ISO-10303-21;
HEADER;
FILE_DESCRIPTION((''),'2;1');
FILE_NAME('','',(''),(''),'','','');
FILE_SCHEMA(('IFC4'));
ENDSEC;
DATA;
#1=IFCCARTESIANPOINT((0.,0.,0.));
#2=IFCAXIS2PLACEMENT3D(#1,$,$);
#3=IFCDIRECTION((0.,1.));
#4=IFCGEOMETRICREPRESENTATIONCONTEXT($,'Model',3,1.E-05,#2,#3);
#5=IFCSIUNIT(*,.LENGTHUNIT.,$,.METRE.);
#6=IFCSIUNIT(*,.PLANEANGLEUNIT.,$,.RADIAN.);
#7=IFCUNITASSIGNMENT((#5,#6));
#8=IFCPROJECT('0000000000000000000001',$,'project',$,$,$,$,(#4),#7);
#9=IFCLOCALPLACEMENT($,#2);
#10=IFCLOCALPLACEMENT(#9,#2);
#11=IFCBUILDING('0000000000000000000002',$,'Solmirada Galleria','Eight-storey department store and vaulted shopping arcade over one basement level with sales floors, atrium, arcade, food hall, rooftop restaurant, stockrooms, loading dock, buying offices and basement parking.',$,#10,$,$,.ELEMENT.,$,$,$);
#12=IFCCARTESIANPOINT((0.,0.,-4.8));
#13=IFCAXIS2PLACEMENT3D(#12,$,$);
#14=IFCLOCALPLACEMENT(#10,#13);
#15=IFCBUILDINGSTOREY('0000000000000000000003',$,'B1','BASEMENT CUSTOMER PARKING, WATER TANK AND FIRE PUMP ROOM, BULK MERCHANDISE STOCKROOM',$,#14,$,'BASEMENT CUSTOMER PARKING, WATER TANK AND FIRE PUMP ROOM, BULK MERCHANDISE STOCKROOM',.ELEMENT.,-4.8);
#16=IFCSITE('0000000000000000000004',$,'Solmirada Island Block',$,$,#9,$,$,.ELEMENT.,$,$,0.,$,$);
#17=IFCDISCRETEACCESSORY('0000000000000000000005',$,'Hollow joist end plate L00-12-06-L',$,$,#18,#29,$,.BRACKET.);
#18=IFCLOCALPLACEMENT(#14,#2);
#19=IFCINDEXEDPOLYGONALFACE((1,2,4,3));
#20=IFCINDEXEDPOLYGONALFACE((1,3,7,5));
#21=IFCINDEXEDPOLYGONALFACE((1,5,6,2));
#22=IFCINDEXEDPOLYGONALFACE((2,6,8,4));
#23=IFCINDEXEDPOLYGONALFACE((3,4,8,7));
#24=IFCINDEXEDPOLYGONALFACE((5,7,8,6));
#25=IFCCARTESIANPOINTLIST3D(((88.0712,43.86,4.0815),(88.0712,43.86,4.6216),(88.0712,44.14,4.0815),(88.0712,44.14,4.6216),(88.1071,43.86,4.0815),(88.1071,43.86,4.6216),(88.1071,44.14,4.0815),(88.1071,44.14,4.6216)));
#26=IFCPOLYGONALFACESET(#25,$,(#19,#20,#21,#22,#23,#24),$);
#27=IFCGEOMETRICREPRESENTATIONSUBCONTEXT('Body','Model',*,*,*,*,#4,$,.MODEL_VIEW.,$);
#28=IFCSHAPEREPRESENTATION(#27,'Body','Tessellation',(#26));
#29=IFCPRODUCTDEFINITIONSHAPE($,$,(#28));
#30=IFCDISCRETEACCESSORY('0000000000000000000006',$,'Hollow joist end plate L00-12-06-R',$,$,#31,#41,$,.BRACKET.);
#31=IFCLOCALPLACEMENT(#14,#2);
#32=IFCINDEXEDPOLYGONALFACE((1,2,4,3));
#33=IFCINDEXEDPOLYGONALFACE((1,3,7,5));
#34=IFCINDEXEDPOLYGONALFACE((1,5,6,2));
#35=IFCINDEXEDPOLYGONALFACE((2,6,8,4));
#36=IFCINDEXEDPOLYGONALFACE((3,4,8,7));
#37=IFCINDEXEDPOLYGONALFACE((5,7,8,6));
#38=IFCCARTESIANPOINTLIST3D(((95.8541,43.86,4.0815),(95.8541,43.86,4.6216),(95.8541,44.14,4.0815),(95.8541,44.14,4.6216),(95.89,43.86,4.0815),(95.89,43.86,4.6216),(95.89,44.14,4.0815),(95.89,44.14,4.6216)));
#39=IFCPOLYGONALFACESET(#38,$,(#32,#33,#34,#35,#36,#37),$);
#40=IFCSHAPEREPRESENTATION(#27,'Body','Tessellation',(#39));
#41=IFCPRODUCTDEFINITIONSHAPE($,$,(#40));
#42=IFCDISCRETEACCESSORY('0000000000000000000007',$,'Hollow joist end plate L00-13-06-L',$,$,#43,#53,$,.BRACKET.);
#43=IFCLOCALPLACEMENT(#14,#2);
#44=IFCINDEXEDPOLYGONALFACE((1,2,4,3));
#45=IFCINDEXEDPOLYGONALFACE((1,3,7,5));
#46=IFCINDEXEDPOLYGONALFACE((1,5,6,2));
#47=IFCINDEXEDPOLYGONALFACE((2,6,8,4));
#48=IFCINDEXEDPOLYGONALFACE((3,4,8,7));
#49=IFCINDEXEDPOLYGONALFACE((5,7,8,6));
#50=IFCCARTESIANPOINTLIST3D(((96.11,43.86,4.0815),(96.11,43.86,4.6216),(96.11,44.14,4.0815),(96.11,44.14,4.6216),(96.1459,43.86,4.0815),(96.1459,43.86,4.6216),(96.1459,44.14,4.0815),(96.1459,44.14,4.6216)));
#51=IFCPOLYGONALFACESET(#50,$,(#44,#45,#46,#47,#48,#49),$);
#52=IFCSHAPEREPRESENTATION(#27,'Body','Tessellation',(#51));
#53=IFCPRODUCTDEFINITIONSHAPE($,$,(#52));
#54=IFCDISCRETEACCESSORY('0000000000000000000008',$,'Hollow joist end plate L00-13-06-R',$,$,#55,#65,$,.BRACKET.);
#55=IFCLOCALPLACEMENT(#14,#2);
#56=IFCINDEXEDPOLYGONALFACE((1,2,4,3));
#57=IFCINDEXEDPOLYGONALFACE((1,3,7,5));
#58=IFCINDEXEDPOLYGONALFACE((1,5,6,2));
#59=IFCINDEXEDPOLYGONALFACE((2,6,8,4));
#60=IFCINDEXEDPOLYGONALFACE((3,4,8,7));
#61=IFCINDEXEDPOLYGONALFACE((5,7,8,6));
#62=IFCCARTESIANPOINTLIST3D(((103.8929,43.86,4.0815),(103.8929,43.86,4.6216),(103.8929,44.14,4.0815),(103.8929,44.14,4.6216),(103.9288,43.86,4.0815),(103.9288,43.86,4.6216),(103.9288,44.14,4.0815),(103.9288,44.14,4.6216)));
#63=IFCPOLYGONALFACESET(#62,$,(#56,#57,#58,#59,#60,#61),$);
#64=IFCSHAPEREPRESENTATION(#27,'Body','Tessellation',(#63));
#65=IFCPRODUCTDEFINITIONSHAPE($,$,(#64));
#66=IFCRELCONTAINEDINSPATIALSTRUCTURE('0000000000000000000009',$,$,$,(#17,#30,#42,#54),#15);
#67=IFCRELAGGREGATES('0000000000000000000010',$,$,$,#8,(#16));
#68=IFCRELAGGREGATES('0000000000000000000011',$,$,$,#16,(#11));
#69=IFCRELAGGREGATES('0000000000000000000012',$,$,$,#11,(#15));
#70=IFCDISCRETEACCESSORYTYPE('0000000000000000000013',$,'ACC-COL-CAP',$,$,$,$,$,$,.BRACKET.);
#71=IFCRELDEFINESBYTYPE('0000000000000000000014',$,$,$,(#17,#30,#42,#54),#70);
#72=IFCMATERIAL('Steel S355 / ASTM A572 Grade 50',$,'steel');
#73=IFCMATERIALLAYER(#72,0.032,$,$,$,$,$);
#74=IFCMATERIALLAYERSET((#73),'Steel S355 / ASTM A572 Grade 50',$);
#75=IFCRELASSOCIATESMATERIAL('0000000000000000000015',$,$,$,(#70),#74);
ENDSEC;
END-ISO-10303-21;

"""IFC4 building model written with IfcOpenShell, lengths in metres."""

from ifc_helpers import new_model, si_unit, direction, frame, origin, origin_2d, place, context, subcontext, project, spatial, rectangle, extrude, material, layer, layer_set, type_object, element, save


model = new_model("IFC4")

# Units and contexts
model_context = context("Model", 3, precision=1e-05, world=origin(), true_north=direction((0.0, 1.0)))
body_context = subcontext(model_context, "Body", "Model", "MODEL_VIEW")
ifc_project = project(units=[si_unit("LENGTHUNIT", "METRE"), si_unit("PLANEANGLEUNIT", "RADIAN")], contexts=[model_context])

# Site, building, storey
site_placement = place(None, origin())
site = spatial("IfcSite", under=ifc_project, at=site_placement, Name="Solmirada Island Block", CompositionType="ELEMENT", RefElevation=0.0)
building_placement = place(site_placement, origin())
building = spatial("IfcBuilding", under=site, at=building_placement, Name="Solmirada Galleria", Description="Eight-storey department store and vaulted shopping arcade over one basement level with sales floors, atrium, arcade, food hall, rooftop restaurant, stockrooms, loading dock, buying offices and basement parking.", CompositionType="ELEMENT")
storey_placement = place(building_placement, frame((0.0, 0.0, -4.8)))
storey = spatial("IfcBuildingStorey", under=building, at=storey_placement, Name="B1", Description="BASEMENT CUSTOMER PARKING, WATER TANK AND FIRE PUMP ROOM, BULK MERCHANDISE STOCKROOM", LongName="BASEMENT CUSTOMER PARKING, WATER TANK AND FIRE PUMP ROOM, BULK MERCHANDISE STOCKROOM", CompositionType="ELEMENT", Elevation=-4.8)

# Discrete accessories
ifc_material_1 = material(Name="Steel S355 / ASTM A572 Grade 50", Category="steel")
ifc_layer = layer(ifc_material_1, 0.032)
ifc_layer_set = layer_set([ifc_layer], Name="Steel S355 / ASTM A572 Grade 50")
discrete_accessory_type = type_object("IfcDiscreteAccessoryType", Name="ACC-COL-CAP", PredefinedType="BRACKET", material=ifc_layer_set)
for number, where, z_axis, x_axis, name in (
    (1, (88.0891, 44.0, 4.0815), (0.0, 0.0, 1.0), (1.0, 0.0, 0.0), "Hollow joist end plate L00-12-06-L"),
    (2, (95.8721, 44.0, 4.0815), (0.0, 0.0, 1.0), (1.0, 0.0, 0.0), "Hollow joist end plate L00-12-06-R"),
    (3, (96.1279, 44.0, 4.0815), (0.0, 0.0, 1.0), (1.0, 0.0, 0.0), "Hollow joist end plate L00-13-06-L"),
    (4, (103.9109, 44.0, 4.0815), (0.0, 0.0, 1.0), (1.0, 0.0, 0.0), "Hollow joist end plate L00-13-06-R"),
):
    element("IfcDiscreteAccessory", number, at=place(storey_placement, frame(where, z_axis=z_axis, x_axis=x_axis)), inside=storey, type_object=discrete_accessory_type, Name=name, PredefinedType="BRACKET", context=body_context, shape_type="SweptSolid", body=[
        extrude(rectangle(XDim=0.0359, YDim=0.28, at=origin_2d()), origin(), (0.0, 0.0, 1.0), 0.54),
    ])

save(model, "model.ifc")
